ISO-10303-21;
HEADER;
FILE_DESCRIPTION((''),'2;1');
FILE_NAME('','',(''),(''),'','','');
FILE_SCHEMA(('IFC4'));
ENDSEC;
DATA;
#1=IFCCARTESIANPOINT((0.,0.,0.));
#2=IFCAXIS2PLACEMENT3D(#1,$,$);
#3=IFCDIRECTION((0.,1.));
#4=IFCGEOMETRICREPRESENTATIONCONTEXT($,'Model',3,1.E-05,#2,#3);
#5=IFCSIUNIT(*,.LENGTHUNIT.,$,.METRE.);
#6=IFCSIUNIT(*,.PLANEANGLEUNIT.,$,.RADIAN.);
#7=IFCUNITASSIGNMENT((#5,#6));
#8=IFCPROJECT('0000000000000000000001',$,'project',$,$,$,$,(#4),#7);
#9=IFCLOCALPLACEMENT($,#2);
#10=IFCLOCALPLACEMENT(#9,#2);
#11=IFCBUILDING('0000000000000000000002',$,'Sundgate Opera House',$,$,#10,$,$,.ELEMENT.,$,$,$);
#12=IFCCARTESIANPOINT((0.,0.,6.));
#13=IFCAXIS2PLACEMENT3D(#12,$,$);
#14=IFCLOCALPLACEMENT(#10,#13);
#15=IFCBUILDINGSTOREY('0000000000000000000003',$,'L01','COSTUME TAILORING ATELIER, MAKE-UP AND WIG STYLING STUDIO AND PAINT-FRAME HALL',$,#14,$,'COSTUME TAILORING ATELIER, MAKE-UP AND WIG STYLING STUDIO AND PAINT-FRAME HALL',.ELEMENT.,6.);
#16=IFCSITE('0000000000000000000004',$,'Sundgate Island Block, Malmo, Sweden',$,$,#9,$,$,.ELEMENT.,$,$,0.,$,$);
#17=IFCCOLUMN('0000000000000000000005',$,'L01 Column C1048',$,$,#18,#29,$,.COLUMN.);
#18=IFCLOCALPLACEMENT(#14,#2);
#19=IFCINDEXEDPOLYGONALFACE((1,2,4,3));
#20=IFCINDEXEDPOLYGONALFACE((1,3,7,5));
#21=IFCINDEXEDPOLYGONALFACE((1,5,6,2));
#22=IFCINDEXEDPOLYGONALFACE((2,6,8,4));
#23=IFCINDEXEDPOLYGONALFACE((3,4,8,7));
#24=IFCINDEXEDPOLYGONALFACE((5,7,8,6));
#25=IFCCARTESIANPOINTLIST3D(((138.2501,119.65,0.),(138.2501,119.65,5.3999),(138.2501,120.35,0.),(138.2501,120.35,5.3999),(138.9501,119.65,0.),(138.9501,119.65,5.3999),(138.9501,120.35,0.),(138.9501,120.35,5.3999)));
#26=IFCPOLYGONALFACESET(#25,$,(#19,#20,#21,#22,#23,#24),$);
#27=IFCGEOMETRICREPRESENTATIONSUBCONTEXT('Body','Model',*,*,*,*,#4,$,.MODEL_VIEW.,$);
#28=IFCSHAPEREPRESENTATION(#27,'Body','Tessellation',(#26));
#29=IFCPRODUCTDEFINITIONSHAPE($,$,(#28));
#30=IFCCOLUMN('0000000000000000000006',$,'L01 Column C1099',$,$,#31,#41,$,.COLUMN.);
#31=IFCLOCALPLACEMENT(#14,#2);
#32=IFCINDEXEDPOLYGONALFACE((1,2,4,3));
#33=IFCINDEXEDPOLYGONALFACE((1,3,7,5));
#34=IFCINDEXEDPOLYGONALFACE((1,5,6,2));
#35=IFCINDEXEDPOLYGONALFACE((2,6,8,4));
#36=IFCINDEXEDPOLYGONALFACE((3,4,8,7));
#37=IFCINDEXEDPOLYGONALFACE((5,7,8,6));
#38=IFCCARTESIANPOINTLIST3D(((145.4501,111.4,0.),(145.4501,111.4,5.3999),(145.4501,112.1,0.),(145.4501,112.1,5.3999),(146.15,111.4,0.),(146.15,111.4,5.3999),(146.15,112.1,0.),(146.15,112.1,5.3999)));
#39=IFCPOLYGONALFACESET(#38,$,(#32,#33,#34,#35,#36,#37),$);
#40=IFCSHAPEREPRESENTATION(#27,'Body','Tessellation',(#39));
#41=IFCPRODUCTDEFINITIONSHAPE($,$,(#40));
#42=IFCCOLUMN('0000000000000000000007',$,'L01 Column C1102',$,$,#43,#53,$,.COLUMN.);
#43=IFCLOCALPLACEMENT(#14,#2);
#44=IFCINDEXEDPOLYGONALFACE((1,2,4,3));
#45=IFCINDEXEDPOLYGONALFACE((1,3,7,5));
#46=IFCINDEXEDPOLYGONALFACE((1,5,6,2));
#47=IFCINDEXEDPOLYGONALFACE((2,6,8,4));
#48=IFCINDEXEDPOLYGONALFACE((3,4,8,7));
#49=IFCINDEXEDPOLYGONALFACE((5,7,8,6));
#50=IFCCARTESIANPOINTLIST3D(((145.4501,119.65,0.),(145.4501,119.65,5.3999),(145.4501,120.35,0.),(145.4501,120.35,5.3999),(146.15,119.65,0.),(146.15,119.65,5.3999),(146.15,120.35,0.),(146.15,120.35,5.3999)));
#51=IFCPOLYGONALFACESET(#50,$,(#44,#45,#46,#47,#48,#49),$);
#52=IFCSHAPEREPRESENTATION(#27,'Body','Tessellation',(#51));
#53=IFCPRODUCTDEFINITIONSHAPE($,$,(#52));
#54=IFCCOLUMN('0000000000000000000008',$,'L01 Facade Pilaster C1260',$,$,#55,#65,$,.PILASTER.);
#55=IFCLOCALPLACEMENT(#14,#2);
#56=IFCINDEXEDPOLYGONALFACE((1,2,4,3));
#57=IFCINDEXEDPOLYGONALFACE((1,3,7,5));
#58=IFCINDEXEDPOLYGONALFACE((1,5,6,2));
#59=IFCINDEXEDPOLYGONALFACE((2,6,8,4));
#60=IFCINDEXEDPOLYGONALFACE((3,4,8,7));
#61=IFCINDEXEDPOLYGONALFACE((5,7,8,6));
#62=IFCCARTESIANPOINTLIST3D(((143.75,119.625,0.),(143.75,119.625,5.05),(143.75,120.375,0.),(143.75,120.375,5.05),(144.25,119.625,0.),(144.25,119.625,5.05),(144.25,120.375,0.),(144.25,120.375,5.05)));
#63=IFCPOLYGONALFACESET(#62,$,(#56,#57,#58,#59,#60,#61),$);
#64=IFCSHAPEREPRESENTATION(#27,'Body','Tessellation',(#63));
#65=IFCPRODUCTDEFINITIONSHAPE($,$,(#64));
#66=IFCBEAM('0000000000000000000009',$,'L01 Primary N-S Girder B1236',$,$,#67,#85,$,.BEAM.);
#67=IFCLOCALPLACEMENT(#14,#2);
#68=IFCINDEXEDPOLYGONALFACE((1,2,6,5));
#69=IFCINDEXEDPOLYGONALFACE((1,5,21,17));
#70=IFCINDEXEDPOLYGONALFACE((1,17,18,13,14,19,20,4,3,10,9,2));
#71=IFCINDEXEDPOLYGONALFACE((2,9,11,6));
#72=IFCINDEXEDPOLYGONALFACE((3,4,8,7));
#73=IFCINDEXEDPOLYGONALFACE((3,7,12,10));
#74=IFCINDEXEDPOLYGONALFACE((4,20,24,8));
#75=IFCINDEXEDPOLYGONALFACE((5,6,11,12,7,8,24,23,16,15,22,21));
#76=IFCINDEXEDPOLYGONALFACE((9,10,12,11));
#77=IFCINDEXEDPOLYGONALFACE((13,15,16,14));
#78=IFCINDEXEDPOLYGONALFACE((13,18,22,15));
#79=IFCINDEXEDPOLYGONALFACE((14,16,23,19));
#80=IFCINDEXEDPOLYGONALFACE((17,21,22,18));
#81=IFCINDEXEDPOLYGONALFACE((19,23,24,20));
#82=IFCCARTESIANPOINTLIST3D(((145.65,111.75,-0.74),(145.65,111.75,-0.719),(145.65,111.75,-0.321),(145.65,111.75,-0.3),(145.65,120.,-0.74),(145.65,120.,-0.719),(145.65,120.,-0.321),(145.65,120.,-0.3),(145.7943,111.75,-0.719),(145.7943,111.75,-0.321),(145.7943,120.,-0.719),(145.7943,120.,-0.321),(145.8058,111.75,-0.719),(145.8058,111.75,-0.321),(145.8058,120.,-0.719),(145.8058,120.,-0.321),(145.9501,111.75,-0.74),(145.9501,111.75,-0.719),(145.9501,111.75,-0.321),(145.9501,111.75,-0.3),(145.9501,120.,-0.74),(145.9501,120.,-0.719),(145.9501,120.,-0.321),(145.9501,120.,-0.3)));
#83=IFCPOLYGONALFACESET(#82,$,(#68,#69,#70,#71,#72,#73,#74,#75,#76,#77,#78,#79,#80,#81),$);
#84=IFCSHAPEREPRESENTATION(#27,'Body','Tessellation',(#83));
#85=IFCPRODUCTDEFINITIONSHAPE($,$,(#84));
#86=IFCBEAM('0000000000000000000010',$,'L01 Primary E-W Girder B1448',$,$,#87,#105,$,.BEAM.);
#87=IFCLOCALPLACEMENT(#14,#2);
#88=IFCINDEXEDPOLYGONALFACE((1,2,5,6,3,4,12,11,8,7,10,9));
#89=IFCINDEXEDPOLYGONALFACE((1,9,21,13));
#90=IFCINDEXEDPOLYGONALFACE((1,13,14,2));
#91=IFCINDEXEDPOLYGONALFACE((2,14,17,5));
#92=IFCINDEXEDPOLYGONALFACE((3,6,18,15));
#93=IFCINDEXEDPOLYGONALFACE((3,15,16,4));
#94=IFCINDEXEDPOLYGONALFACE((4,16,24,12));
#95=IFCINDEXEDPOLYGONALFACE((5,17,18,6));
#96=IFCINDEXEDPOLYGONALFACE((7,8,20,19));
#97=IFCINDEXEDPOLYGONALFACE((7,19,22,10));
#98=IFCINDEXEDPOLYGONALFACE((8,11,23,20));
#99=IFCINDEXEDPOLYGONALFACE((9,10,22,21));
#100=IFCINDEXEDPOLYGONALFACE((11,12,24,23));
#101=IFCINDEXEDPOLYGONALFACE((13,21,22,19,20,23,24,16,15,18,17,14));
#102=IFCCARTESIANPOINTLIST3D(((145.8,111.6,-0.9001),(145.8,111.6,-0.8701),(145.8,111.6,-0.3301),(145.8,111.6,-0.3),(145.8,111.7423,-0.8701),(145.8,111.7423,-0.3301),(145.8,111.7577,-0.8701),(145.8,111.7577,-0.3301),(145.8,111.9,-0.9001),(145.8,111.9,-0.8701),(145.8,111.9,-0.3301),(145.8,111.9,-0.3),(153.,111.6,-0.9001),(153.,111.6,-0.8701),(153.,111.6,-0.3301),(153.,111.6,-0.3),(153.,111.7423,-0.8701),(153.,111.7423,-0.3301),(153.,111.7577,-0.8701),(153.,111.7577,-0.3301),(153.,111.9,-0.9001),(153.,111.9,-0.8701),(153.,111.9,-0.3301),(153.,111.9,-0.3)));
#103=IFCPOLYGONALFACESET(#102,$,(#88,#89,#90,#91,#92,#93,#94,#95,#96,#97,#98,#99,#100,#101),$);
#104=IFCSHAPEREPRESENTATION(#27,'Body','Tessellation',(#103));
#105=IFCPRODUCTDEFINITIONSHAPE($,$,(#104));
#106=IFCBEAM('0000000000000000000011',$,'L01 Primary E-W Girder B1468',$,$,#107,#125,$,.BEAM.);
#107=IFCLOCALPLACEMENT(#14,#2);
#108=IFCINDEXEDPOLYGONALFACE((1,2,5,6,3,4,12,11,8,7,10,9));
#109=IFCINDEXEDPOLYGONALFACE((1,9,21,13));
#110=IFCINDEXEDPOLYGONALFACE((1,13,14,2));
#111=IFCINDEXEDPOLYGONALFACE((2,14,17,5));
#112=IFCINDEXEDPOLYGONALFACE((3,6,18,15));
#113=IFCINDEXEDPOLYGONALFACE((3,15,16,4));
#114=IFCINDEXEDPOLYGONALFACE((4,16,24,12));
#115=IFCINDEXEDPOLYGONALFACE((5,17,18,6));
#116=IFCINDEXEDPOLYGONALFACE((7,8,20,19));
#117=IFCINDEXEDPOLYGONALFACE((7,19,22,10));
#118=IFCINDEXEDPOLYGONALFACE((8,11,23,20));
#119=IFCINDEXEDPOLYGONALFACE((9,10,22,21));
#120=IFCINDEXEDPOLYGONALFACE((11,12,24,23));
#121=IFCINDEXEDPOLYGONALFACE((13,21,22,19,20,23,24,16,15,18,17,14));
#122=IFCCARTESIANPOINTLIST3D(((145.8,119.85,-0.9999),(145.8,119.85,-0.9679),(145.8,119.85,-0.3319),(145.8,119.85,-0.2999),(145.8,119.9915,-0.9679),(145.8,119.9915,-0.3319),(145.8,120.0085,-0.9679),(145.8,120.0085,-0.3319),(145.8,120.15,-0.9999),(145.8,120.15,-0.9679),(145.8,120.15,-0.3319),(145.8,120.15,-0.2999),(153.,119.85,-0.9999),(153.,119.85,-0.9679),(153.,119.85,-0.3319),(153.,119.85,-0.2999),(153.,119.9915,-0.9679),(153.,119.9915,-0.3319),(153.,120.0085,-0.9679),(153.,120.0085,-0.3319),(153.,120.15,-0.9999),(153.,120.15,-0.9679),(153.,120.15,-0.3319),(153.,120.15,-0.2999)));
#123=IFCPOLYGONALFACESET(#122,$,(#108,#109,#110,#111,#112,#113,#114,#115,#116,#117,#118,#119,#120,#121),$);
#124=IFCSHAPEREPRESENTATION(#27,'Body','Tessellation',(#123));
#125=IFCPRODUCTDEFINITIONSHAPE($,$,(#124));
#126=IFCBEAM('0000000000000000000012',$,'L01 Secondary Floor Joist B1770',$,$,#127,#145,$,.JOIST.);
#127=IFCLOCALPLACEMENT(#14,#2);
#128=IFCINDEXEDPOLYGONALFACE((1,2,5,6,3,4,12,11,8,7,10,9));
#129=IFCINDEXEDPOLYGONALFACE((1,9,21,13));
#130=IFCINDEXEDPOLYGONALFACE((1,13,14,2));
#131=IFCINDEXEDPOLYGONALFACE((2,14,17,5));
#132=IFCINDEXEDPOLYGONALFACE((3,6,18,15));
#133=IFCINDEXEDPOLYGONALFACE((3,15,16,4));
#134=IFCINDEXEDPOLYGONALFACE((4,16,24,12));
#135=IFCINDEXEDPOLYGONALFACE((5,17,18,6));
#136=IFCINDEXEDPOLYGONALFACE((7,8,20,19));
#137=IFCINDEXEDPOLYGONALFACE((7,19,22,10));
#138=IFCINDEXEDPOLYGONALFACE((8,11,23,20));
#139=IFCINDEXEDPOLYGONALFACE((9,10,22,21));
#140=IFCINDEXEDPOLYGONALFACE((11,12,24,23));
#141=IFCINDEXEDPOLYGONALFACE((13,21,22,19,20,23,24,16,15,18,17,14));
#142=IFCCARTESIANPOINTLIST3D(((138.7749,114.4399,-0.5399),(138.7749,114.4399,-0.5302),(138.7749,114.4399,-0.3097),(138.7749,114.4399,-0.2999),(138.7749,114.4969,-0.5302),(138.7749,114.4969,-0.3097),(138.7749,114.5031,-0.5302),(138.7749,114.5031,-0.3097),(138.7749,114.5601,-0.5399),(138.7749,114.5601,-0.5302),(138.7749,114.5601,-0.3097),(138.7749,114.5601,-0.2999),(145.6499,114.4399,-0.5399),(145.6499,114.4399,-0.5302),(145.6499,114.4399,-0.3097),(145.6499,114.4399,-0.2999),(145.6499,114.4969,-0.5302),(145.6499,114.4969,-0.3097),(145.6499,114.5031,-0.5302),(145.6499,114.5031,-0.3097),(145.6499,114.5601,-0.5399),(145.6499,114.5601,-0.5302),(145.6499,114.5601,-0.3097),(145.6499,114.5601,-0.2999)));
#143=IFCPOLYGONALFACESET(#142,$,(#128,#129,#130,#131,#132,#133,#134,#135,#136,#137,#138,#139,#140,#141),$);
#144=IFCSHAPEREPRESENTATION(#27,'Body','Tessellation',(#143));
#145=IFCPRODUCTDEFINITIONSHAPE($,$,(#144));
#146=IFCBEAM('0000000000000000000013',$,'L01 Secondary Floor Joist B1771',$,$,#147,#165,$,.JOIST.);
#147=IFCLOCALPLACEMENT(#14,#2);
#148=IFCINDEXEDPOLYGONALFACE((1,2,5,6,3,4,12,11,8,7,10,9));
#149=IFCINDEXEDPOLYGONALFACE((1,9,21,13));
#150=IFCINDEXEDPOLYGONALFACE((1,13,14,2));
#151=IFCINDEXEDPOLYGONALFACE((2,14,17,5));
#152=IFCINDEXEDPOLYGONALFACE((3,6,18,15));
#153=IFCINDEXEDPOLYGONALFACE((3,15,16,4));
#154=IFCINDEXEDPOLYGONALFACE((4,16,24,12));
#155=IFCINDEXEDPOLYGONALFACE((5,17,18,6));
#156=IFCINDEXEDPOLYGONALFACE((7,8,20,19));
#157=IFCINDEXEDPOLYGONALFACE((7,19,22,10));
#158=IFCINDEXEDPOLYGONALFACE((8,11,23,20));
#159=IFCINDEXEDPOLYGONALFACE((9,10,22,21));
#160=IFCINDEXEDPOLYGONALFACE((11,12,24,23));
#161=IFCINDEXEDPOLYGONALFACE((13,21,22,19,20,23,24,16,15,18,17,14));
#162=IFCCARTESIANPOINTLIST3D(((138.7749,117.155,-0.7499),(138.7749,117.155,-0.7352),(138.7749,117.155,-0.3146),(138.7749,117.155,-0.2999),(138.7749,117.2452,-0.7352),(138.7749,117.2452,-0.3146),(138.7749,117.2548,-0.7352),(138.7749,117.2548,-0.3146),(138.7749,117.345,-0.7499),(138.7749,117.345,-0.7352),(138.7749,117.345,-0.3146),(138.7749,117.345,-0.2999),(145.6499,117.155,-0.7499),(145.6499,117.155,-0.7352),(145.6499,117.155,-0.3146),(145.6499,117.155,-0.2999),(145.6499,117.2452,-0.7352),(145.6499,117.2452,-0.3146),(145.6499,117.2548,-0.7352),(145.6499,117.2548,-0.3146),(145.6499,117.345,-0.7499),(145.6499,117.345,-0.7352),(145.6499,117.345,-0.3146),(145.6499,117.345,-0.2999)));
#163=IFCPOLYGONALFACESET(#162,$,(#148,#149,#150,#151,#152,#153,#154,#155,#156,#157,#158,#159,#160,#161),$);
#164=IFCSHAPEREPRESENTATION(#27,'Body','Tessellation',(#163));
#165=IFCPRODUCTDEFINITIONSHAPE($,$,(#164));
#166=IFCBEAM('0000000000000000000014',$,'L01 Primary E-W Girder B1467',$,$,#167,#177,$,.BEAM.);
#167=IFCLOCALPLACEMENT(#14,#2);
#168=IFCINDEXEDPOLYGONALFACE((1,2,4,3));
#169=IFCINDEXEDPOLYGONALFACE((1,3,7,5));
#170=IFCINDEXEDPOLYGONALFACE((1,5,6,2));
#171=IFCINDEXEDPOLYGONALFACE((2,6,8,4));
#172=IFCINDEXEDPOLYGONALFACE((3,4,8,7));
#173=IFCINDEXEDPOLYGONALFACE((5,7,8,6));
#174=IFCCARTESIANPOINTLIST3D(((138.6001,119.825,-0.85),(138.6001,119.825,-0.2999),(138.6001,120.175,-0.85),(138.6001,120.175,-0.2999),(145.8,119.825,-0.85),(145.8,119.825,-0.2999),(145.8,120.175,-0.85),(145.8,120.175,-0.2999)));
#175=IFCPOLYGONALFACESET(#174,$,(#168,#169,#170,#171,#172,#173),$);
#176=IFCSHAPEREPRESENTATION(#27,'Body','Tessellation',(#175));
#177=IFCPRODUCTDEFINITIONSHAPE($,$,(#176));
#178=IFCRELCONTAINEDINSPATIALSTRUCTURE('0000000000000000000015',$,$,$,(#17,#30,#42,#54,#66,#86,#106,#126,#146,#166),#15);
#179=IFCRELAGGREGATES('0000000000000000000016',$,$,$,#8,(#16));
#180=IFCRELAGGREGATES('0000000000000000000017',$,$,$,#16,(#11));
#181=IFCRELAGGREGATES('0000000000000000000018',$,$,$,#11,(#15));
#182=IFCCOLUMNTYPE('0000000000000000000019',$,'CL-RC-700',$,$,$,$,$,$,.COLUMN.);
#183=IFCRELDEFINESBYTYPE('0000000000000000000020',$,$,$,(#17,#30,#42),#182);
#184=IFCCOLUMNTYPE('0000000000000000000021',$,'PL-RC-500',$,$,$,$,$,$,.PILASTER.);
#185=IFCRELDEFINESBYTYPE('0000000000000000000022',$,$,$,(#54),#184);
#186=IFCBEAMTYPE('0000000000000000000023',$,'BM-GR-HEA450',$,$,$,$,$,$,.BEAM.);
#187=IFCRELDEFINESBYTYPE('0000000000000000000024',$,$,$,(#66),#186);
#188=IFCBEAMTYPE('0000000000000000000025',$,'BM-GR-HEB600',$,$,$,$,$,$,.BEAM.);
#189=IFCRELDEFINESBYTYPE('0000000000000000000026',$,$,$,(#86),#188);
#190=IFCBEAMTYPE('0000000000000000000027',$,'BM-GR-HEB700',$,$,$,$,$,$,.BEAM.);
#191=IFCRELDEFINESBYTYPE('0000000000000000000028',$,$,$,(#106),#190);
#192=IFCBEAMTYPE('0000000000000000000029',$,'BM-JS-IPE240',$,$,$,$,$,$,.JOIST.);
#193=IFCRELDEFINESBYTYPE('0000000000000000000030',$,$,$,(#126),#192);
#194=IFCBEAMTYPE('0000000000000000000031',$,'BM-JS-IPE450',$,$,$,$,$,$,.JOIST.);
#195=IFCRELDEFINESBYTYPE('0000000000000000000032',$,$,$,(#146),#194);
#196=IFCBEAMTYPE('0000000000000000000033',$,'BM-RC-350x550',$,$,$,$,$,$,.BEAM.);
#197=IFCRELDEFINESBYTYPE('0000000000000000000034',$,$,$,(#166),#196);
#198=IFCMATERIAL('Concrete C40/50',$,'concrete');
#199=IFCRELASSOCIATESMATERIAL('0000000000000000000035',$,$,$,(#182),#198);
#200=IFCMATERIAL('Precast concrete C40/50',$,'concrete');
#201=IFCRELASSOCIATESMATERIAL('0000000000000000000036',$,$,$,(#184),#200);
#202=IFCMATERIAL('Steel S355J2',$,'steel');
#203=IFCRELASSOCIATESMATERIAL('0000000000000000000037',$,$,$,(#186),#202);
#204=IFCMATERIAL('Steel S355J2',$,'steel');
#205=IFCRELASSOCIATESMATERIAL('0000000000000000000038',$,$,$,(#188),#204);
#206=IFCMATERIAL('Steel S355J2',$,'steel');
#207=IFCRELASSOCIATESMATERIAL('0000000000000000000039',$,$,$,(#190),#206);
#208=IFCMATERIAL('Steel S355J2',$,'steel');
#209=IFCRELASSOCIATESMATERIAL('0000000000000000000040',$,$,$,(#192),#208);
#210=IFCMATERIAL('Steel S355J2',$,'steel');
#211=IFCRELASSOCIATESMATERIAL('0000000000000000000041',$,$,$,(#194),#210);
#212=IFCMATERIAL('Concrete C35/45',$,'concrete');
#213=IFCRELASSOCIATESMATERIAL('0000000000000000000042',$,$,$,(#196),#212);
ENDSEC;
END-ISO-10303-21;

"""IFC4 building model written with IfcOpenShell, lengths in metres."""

from ifc_helpers import new_model, si_unit, direction, frame, origin, origin_2d, place, context, subcontext, project, spatial, rectangle, i_section, extrude, material, material_profile, profile_set, type_object, element, save


model = new_model("IFC4")

# Units and contexts
model_context = context("Model", 3, precision=1e-05, world=origin(), true_north=direction((0.0, 1.0)))
body_context = subcontext(model_context, "Body", "Model", "MODEL_VIEW")
ifc_project = project(units=[si_unit("LENGTHUNIT", "METRE"), si_unit("PLANEANGLEUNIT", "RADIAN")], contexts=[model_context])

# Site, building, storey
site_placement = place(None, origin())
site = spatial("IfcSite", under=ifc_project, at=site_placement, Name="Sundgate Island Block, Malmo, Sweden", CompositionType="ELEMENT", RefElevation=0.0)
building_placement = place(site_placement, origin())
building = spatial("IfcBuilding", under=site, at=building_placement, Name="Sundgate Opera House", CompositionType="ELEMENT")
storey_placement = place(building_placement, frame((0.0, 0.0, 6.0)))
storey = spatial("IfcBuildingStorey", under=building, at=storey_placement, Name="L01", Description="COSTUME TAILORING ATELIER, MAKE-UP AND WIG STYLING STUDIO AND PAINT-FRAME HALL", LongName="COSTUME TAILORING ATELIER, MAKE-UP AND WIG STYLING STUDIO AND PAINT-FRAME HALL", CompositionType="ELEMENT", Elevation=6.0)

# Columns
ifc_material_1 = material(Name="Concrete C40/50", Category="concrete")
ifc_material_profile_1 = material_profile(ifc_material_1, rectangle(XDim=0.7, YDim=0.7, at=origin_2d()), Name="RC 700x700")
ifc_profile_set_1 = profile_set([ifc_material_profile_1], Name="Concrete C40/50")
column_type_1 = type_object("IfcColumnType", Name="CL-RC-700", PredefinedType="COLUMN", material=ifc_profile_set_1)
for number, where, z_axis, x_axis, name in (
    (1, (138.6001, 120.0, 0.0), (0.0, 0.0, 1.0), (1.0, 0.0, 0.0), "L01 Column C1048"),
    (2, (145.8, 111.75, 0.0), (0.0, 0.0, 1.0), (1.0, 0.0, 0.0), "L01 Column C1099"),
    (3, (145.8, 120.0, 0.0), (0.0, 0.0, 1.0), (1.0, 0.0, 0.0), "L01 Column C1102"),
):
    element("IfcColumn", number, at=place(storey_placement, frame(where, z_axis=z_axis, x_axis=x_axis)), inside=storey, type_object=column_type_1, Name=name, PredefinedType="COLUMN", context=body_context, shape_type="SweptSolid", body=[
        extrude(rectangle(XDim=0.7, YDim=0.7, at=origin_2d()), origin(), (0.0, 0.0, 1.0), 5.3999),
    ])
ifc_material_2 = material(Name="Precast concrete C40/50", Category="concrete")
ifc_material_profile_2 = material_profile(ifc_material_2, rectangle(XDim=0.5, YDim=0.75, at=origin_2d()), Name="RC 500x750")
ifc_profile_set_2 = profile_set([ifc_material_profile_2], Name="Precast concrete C40/50")
column_type_2 = type_object("IfcColumnType", Name="PL-RC-500", PredefinedType="PILASTER", material=ifc_profile_set_2)
column_placement = place(storey_placement, frame((144.0, 120.0, 0.0), z_axis=(0.0, 0.0, 1.0), x_axis=(1.0, 0.0, 0.0)))
element("IfcColumn", 4, at=column_placement, inside=storey, type_object=column_type_2, Name="L01 Facade Pilaster C1260", PredefinedType="PILASTER", context=body_context, shape_type="SweptSolid", body=[
    extrude(rectangle(XDim=0.5, YDim=0.75, at=origin_2d()), origin(), (0.0, 0.0, 1.0), 5.05),
])

# Beams
ifc_material_3 = material(Name="Steel S355J2", Category="steel")
ifc_material_profile_3 = material_profile(ifc_material_3, i_section(OverallWidth=0.3, OverallDepth=0.4399, WebThickness=0.0115, FlangeThickness=0.021, at=origin_2d()), Name="HEA 450")
ifc_profile_set_3 = profile_set([ifc_material_profile_3], Name="Steel S355J2")
beam_type_1 = type_object("IfcBeamType", Name="BM-GR-HEA450", PredefinedType="BEAM", material=ifc_profile_set_3)
beam_1_placement = place(storey_placement, frame((145.8, 111.75, -0.52), z_axis=(0.0, 1.0, 0.0), x_axis=(-1.0, 0.0, 0.0)))
element("IfcBeam", 5, at=beam_1_placement, inside=storey, type_object=beam_type_1, Name="L01 Primary N-S Girder B1236", PredefinedType="BEAM", context=body_context, shape_type="SweptSolid", body=[
    extrude(i_section(OverallWidth=0.3, OverallDepth=0.4399, WebThickness=0.0115, FlangeThickness=0.021, at=origin_2d()), origin(), (0.0, 0.0, 1.0), 8.25),
])
ifc_material_4 = material(Name="Steel S355J2", Category="steel")
ifc_material_profile_4 = material_profile(ifc_material_4, i_section(OverallWidth=0.3, OverallDepth=0.6001, WebThickness=0.0154, FlangeThickness=0.03, at=origin_2d()), Name="HEB 600")
ifc_profile_set_4 = profile_set([ifc_material_profile_4], Name="Steel S355J2")
beam_type_2 = type_object("IfcBeamType", Name="BM-GR-HEB600", PredefinedType="BEAM", material=ifc_profile_set_4)
beam_2_placement = place(storey_placement, frame((145.8, 111.75, -0.6001), z_axis=(1.0, 0.0, 0.0), x_axis=(0.0, 1.0, 0.0)))
element("IfcBeam", 6, at=beam_2_placement, inside=storey, type_object=beam_type_2, Name="L01 Primary E-W Girder B1448", PredefinedType="BEAM", context=body_context, shape_type="SweptSolid", body=[
    extrude(i_section(OverallWidth=0.3, OverallDepth=0.6001, WebThickness=0.0154, FlangeThickness=0.03, at=origin_2d()), origin(), (0.0, 0.0, 1.0), 7.2),
])
ifc_material_5 = material(Name="Steel S355J2", Category="steel")
ifc_material_profile_5 = material_profile(ifc_material_5, i_section(OverallWidth=0.3, OverallDepth=0.7, WebThickness=0.0171, FlangeThickness=0.032, at=origin_2d()), Name="HEB 700")
ifc_profile_set_5 = profile_set([ifc_material_profile_5], Name="Steel S355J2")
beam_type_3 = type_object("IfcBeamType", Name="BM-GR-HEB700", PredefinedType="BEAM", material=ifc_profile_set_5)
beam_3_placement = place(storey_placement, frame((145.8, 120.0, -0.6499), z_axis=(1.0, 0.0, 0.0), x_axis=(0.0, 1.0, 0.0)))
element("IfcBeam", 7, at=beam_3_placement, inside=storey, type_object=beam_type_3, Name="L01 Primary E-W Girder B1468", PredefinedType="BEAM", context=body_context, shape_type="SweptSolid", body=[
    extrude(i_section(OverallWidth=0.3, OverallDepth=0.7, WebThickness=0.0171, FlangeThickness=0.032, at=origin_2d()), origin(), (0.0, 0.0, 1.0), 7.2),
])
ifc_material_6 = material(Name="Steel S355J2", Category="steel")
ifc_material_profile_6 = material_profile(ifc_material_6, i_section(OverallWidth=0.1201, OverallDepth=0.24, WebThickness=0.0061, FlangeThickness=0.0098, at=origin_2d()), Name="IPE 240")
ifc_profile_set_6 = profile_set([ifc_material_profile_6], Name="Steel S355J2")
beam_type_4 = type_object("IfcBeamType", Name="BM-JS-IPE240", PredefinedType="JOIST", material=ifc_profile_set_6)
beam_4_placement = place(storey_placement, frame((138.7749, 114.5, -0.4199), z_axis=(1.0, 0.0, 0.0), x_axis=(0.0, 1.0, 0.0)))
element("IfcBeam", 8, at=beam_4_placement, inside=storey, type_object=beam_type_4, Name="L01 Secondary Floor Joist B1770", PredefinedType="JOIST", context=body_context, shape_type="SweptSolid", body=[
    extrude(i_section(OverallWidth=0.1201, OverallDepth=0.24, WebThickness=0.0061, FlangeThickness=0.0098, at=origin_2d()), origin(), (0.0, 0.0, 1.0), 6.875),
])
ifc_material_7 = material(Name="Steel S355J2", Category="steel")
ifc_material_profile_7 = material_profile(ifc_material_7, i_section(OverallWidth=0.1899, OverallDepth=0.45, WebThickness=0.0095, FlangeThickness=0.0146, at=origin_2d()), Name="IPE 450")
ifc_profile_set_7 = profile_set([ifc_material_profile_7], Name="Steel S355J2")
beam_type_5 = type_object("IfcBeamType", Name="BM-JS-IPE450", PredefinedType="JOIST", material=ifc_profile_set_7)
beam_5_placement = place(storey_placement, frame((138.7749, 117.25, -0.5249), z_axis=(1.0, 0.0, 0.0), x_axis=(0.0, 1.0, 0.0)))
element("IfcBeam", 9, at=beam_5_placement, inside=storey, type_object=beam_type_5, Name="L01 Secondary Floor Joist B1771", PredefinedType="JOIST", context=body_context, shape_type="SweptSolid", body=[
    extrude(i_section(OverallWidth=0.1899, OverallDepth=0.45, WebThickness=0.0095, FlangeThickness=0.0146, at=origin_2d()), origin(), (0.0, 0.0, 1.0), 6.875),
])
ifc_material_8 = material(Name="Concrete C35/45", Category="concrete")
ifc_material_profile_8 = material_profile(ifc_material_8, rectangle(XDim=0.3501, YDim=0.55, at=origin_2d()), Name="RC 350x550")
ifc_profile_set_8 = profile_set([ifc_material_profile_8], Name="Concrete C35/45")
beam_type_6 = type_object("IfcBeamType", Name="BM-RC-350x550", PredefinedType="BEAM", material=ifc_profile_set_8)
beam_6_placement = place(storey_placement, frame((138.6001, 120.0, -0.575), z_axis=(1.0, 0.0, 0.0), x_axis=(0.0, 1.0, 0.0)))
element("IfcBeam", 10, at=beam_6_placement, inside=storey, type_object=beam_type_6, Name="L01 Primary E-W Girder B1467", PredefinedType="BEAM", context=body_context, shape_type="SweptSolid", body=[
    extrude(rectangle(XDim=0.3501, YDim=0.55, at=origin_2d()), origin(), (0.0, 0.0, 1.0), 7.2),
])

save(model, "model.ifc")
